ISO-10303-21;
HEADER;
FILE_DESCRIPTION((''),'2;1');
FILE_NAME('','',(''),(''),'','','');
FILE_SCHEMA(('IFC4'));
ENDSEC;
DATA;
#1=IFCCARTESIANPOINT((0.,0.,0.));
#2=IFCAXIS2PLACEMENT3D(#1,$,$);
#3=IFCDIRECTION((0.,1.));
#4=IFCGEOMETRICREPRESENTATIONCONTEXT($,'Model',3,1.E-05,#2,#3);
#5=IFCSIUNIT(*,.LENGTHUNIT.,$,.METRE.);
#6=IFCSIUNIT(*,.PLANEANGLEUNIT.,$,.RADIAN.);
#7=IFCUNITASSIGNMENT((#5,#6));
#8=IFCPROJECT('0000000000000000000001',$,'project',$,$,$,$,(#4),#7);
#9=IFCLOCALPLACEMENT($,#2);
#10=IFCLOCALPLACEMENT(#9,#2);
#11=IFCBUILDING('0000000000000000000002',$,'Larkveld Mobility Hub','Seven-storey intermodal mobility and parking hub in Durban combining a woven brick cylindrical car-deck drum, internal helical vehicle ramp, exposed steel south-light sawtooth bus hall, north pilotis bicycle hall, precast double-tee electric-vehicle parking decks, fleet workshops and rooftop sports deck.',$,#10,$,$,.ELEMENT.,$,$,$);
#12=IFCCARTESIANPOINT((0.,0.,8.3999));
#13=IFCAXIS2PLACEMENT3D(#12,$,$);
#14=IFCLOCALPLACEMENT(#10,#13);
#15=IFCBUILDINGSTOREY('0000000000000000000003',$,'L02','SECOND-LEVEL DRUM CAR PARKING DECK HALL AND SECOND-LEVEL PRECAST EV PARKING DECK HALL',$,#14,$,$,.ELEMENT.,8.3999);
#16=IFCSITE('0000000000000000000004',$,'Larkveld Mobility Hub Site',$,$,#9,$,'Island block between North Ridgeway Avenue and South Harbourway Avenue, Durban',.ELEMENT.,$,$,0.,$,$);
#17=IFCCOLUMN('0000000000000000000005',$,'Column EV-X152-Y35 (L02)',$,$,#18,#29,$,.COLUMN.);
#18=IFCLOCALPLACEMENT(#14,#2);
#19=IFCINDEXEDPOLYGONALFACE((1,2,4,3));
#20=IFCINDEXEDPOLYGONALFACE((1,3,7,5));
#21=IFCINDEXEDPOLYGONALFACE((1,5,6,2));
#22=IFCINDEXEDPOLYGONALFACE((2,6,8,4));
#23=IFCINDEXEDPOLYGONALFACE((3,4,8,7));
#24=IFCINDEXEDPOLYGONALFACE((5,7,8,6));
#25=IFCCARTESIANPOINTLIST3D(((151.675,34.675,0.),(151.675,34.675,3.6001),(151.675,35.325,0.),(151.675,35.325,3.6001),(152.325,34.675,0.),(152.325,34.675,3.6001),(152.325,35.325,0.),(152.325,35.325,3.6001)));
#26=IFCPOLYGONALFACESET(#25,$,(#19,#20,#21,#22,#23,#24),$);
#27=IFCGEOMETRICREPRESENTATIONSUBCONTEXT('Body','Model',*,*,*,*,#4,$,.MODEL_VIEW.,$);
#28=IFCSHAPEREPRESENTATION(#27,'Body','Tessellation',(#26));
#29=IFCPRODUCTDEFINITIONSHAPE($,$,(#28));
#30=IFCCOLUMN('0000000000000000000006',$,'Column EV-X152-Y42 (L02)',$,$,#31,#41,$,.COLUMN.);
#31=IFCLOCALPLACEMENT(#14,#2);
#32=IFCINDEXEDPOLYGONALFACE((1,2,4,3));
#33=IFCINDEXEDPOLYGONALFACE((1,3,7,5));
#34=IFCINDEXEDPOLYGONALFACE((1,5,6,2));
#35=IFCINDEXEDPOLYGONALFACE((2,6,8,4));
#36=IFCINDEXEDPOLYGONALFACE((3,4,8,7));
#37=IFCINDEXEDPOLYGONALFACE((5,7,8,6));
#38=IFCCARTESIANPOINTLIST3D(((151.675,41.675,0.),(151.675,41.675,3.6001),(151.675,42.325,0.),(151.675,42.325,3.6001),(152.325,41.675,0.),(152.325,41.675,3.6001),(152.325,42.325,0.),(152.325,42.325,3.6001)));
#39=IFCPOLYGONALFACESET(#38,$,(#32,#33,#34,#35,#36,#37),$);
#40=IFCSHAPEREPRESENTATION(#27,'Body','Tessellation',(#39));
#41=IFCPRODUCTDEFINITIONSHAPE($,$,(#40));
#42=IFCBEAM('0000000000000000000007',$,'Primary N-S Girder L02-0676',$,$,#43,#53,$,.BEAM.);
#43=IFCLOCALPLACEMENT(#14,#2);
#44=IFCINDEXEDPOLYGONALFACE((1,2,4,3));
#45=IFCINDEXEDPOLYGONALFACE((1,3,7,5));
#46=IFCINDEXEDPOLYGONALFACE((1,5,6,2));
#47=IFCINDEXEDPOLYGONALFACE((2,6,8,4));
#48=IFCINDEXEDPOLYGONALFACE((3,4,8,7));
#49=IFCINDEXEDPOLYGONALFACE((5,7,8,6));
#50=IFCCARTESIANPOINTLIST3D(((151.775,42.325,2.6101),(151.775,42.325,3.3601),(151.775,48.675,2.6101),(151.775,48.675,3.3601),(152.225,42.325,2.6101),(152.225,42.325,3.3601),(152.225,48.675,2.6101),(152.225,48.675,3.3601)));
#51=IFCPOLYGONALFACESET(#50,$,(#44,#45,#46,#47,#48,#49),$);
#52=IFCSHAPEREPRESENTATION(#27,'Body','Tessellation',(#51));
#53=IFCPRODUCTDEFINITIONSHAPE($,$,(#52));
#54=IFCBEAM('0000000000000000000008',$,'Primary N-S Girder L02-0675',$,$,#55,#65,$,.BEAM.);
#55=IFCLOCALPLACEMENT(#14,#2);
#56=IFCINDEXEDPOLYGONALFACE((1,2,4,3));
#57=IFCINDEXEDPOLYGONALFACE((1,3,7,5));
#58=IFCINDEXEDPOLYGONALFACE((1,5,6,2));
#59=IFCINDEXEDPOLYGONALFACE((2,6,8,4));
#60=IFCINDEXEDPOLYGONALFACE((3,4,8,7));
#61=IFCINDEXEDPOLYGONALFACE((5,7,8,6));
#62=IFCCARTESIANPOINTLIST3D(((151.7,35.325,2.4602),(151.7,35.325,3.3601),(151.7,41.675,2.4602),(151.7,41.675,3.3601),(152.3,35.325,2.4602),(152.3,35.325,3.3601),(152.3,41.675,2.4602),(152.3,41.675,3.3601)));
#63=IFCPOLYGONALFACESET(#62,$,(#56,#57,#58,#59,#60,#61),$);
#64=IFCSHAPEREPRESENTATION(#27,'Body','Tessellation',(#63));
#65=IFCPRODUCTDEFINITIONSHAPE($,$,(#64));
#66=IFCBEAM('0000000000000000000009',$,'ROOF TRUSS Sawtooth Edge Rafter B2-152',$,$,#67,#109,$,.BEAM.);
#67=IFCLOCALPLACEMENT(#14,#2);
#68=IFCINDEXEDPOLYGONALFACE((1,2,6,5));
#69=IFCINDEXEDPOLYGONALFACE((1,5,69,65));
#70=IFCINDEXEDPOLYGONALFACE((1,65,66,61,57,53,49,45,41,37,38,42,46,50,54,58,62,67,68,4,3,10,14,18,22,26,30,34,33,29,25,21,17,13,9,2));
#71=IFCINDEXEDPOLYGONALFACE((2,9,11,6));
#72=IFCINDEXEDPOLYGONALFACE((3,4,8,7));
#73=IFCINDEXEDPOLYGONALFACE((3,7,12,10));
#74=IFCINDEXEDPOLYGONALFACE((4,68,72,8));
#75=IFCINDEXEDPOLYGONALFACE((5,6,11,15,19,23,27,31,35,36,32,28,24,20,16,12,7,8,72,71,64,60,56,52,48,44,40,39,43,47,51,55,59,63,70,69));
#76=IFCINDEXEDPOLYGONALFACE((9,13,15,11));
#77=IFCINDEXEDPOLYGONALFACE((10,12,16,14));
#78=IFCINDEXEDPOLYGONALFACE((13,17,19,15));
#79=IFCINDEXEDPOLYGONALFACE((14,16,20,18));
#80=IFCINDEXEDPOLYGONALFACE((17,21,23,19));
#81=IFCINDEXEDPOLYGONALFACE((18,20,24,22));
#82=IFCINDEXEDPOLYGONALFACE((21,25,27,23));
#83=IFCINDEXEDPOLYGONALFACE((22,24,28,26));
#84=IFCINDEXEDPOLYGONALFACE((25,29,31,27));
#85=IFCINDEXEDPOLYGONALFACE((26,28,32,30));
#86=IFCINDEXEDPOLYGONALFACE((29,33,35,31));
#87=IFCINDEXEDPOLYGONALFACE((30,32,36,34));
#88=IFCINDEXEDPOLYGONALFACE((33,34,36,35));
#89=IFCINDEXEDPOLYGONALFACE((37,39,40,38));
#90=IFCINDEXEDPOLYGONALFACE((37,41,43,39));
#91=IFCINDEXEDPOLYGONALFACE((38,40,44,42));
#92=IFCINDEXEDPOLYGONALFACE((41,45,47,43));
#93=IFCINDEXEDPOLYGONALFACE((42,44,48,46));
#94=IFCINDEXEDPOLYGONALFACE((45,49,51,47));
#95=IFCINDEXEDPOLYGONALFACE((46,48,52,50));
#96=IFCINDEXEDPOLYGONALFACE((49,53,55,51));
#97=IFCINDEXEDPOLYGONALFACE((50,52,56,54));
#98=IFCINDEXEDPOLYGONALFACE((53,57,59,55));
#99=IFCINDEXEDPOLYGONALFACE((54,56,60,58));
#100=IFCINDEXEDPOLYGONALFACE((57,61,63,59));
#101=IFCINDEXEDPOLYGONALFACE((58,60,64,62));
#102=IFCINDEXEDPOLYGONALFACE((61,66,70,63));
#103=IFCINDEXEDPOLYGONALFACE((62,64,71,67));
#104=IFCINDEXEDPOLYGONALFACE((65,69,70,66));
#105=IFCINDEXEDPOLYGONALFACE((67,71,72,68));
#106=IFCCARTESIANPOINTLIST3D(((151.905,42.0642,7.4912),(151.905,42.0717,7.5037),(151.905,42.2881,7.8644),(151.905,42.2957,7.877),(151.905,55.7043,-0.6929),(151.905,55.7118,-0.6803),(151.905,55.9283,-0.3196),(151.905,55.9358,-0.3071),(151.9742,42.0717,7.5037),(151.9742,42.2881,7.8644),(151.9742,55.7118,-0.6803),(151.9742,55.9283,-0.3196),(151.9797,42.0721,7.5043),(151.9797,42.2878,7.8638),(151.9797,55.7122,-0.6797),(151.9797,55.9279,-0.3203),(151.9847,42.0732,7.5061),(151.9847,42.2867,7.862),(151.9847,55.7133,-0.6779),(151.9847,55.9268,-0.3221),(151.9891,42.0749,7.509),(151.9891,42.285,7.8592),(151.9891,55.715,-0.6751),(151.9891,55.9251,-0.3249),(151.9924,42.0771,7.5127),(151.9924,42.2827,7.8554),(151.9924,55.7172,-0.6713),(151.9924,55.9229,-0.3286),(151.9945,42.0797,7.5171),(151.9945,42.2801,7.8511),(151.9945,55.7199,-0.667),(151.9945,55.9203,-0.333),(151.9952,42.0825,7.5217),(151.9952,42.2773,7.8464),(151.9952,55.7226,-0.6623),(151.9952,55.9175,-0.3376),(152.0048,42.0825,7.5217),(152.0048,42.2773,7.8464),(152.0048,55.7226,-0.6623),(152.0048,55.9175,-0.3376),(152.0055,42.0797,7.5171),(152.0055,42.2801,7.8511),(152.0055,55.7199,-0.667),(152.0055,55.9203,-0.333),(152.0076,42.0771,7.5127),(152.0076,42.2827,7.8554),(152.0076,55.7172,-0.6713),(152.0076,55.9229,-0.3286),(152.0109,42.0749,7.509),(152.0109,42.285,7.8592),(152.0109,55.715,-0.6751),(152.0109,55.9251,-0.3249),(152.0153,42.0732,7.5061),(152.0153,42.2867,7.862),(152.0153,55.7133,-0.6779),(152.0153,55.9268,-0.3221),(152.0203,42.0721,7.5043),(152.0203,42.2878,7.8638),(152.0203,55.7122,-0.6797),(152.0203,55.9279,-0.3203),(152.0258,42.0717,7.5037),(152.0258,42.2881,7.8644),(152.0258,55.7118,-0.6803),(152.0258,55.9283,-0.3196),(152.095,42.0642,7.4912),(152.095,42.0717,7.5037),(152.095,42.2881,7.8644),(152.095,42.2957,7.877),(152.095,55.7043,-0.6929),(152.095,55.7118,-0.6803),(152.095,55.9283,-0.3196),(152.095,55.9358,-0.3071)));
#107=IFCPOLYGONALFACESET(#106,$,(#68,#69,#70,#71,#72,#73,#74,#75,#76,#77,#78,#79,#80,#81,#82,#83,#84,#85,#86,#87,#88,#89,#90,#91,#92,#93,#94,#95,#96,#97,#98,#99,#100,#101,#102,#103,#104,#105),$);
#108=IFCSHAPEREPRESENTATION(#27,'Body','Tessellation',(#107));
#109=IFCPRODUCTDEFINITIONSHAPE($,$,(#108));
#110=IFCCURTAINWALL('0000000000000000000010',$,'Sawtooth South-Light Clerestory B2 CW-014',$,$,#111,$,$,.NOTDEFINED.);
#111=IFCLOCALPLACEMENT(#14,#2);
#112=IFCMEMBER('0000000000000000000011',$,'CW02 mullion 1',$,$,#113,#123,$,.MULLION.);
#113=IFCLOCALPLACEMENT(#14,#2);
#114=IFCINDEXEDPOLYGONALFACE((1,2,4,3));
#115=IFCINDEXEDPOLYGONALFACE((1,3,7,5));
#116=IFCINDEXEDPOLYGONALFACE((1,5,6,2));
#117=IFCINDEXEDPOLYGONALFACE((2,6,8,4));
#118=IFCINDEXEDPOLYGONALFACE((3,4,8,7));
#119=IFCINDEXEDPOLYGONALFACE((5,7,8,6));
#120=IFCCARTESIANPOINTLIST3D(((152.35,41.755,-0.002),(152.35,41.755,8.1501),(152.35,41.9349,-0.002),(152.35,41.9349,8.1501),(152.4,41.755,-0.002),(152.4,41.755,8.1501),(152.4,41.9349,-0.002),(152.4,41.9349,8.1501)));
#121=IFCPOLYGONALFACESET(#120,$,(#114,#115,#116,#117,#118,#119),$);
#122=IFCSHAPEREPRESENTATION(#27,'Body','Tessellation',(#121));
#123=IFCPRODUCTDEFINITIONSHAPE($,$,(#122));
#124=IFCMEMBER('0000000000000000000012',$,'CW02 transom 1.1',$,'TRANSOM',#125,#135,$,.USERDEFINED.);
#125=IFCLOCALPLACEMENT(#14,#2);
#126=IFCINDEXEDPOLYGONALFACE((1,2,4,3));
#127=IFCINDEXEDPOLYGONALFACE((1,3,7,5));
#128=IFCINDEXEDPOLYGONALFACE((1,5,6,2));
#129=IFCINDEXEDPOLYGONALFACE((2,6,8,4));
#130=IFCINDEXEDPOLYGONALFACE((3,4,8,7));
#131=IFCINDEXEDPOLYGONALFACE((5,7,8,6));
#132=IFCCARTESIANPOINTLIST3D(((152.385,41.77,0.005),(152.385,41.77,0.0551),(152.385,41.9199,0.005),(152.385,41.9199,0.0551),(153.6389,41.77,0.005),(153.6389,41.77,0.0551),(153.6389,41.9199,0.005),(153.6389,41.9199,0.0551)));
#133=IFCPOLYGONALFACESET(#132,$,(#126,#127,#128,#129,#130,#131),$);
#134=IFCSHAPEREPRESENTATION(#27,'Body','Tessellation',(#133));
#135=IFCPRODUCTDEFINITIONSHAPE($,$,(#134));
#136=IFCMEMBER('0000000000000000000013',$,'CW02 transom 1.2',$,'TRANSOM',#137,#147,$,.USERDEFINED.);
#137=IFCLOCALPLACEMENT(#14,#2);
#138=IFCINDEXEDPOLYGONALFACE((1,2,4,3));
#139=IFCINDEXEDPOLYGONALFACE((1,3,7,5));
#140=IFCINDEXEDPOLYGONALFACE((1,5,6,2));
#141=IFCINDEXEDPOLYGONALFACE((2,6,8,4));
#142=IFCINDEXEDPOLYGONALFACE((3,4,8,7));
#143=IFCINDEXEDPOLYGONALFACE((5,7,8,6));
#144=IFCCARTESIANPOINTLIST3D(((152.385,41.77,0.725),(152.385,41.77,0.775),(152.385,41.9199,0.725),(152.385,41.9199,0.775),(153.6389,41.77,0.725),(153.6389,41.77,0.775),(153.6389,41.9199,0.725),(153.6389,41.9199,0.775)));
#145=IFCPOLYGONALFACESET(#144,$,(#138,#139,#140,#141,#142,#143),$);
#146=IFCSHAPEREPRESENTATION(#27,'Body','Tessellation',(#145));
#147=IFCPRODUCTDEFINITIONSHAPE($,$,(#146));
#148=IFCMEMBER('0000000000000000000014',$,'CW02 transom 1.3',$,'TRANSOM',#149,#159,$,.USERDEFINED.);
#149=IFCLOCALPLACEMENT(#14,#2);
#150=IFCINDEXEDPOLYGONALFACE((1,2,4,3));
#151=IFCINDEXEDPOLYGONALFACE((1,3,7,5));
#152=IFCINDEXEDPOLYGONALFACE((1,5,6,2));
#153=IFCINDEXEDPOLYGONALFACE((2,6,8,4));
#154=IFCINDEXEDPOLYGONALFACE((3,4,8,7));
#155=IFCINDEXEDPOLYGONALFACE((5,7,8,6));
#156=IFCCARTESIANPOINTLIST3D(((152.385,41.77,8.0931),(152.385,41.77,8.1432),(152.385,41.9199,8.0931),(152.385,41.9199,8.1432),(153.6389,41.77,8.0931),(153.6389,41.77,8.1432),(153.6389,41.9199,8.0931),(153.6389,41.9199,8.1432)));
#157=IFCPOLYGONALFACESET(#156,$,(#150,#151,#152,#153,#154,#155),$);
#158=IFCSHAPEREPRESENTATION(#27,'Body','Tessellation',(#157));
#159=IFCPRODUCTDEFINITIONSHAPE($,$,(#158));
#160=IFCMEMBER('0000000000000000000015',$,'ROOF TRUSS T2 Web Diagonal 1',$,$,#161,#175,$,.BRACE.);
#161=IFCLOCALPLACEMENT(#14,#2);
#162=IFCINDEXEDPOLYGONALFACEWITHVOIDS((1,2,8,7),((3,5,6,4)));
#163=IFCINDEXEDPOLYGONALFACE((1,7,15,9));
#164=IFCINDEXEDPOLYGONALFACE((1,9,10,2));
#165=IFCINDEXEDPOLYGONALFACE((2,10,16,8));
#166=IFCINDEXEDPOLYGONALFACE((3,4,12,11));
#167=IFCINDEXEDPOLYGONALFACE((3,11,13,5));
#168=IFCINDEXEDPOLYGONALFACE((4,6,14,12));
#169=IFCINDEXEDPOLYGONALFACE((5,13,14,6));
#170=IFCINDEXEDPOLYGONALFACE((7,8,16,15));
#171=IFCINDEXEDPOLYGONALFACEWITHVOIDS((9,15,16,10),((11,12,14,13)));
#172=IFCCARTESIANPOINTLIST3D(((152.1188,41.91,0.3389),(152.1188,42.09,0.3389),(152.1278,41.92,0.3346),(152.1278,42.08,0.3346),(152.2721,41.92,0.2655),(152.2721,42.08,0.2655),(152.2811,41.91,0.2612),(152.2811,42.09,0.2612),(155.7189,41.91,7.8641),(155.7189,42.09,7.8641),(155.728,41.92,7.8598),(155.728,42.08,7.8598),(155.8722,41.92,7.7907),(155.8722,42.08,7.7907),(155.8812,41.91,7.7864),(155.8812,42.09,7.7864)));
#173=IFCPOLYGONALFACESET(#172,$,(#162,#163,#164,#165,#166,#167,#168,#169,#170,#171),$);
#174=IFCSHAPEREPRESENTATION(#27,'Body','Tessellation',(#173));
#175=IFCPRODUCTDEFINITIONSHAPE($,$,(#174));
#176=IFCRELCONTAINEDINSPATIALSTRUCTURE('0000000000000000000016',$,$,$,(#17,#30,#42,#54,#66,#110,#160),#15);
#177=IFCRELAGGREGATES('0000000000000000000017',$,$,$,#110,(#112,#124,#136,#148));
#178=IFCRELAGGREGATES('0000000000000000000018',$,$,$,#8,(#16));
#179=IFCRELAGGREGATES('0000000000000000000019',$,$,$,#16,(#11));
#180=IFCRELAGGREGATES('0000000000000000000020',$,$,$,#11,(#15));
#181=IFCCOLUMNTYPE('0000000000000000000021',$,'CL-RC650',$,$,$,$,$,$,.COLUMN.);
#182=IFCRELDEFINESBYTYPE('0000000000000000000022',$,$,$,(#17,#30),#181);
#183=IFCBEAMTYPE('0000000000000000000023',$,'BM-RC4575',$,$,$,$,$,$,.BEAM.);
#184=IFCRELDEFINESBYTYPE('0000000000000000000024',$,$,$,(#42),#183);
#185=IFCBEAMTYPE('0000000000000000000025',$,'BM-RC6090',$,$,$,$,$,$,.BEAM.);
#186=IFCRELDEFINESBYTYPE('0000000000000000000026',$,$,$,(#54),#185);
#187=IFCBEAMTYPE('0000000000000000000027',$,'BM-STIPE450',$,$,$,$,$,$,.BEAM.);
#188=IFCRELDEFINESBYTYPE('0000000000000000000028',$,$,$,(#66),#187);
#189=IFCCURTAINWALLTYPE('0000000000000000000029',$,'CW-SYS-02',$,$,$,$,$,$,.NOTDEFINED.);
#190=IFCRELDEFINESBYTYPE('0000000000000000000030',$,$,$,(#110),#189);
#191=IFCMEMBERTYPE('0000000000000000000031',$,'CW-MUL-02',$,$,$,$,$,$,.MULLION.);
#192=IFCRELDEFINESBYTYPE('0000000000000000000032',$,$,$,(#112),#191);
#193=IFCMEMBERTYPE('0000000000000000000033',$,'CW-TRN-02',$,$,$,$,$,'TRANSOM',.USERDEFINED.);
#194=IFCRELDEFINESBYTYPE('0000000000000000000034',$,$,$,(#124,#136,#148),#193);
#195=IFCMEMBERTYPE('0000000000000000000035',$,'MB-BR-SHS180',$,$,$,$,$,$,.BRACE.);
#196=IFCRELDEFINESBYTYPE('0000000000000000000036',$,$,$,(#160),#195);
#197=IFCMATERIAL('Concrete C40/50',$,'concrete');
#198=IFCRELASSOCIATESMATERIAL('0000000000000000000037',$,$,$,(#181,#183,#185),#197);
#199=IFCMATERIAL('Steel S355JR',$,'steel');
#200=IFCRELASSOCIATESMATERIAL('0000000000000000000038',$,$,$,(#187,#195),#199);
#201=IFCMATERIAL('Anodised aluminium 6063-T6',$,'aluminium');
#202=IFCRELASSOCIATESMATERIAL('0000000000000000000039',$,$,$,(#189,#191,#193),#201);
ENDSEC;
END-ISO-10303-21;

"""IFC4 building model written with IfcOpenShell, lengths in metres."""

from ifc_helpers import new_model, si_unit, direction, frame, origin, origin_2d, place, context, subcontext, project, spatial, rectangle, hollow_rectangle, i_section, extrude, material, material_profile, profile_set, type_object, element, aggregate, save


model = new_model("IFC4")

# Units and contexts
model_context = context("Model", 3, precision=1e-05, world=origin(), true_north=direction((0.0, 1.0)))
body_context = subcontext(model_context, "Body", "Model", "MODEL_VIEW")
ifc_project = project(units=[si_unit("LENGTHUNIT", "METRE"), si_unit("PLANEANGLEUNIT", "RADIAN")], contexts=[model_context])

# Site, building, storey
site_placement = place(None, origin())
site = spatial("IfcSite", under=ifc_project, at=site_placement, Name="Larkveld Mobility Hub Site", LongName="Island block between North Ridgeway Avenue and South Harbourway Avenue, Durban", CompositionType="ELEMENT", RefElevation=0.0)
building_placement = place(site_placement, origin())
building = spatial("IfcBuilding", under=site, at=building_placement, Name="Larkveld Mobility Hub", Description="Seven-storey intermodal mobility and parking hub in Durban combining a woven brick cylindrical car-deck drum, internal helical vehicle ramp, exposed steel south-light sawtooth bus hall, north pilotis bicycle hall, precast double-tee electric-vehicle parking decks, fleet workshops and rooftop sports deck.", CompositionType="ELEMENT")
storey_placement = place(building_placement, frame((0.0, 0.0, 8.3999)))
storey = spatial("IfcBuildingStorey", under=building, at=storey_placement, Name="L02", Description="SECOND-LEVEL DRUM CAR PARKING DECK HALL AND SECOND-LEVEL PRECAST EV PARKING DECK HALL", CompositionType="ELEMENT", Elevation=8.3999)

# Columns
ifc_material_1 = material(Name="Concrete C40/50", Category="concrete")
ifc_material_profile_1 = material_profile(ifc_material_1, rectangle(XDim=0.6499, YDim=0.6499, at=origin_2d()), Name="RC COL 650x650")
ifc_profile_set_1 = profile_set([ifc_material_profile_1], Name="Concrete C40/50")
column_type = type_object("IfcColumnType", Name="CL-RC650", PredefinedType="COLUMN", material=ifc_profile_set_1)
for number, where, z_axis, x_axis, name in (
    (1, (152.0, 35.0, 0.0), (0.0, 0.0, 1.0), (1.0, 0.0, 0.0), "Column EV-X152-Y35 (L02)"),
    (2, (152.0, 42.0, 0.0), (0.0, 0.0, 1.0), (1.0, 0.0, 0.0), "Column EV-X152-Y42 (L02)"),
):
    element("IfcColumn", number, at=place(storey_placement, frame(where, z_axis=z_axis, x_axis=x_axis)), inside=storey, type_object=column_type, Name=name, PredefinedType="COLUMN", context=body_context, shape_type="SweptSolid", body=[
        extrude(rectangle(XDim=0.6499, YDim=0.6499, at=origin_2d()), origin(), (0.0, 0.0, 1.0), 3.6001),
    ])

# Beams
ifc_material_profile_2 = material_profile(ifc_material_1, rectangle(XDim=0.45, YDim=0.75, at=origin_2d()), Name="RC BM 450x750")
ifc_profile_set_2 = profile_set([ifc_material_profile_2], Name="Concrete C40/50")
beam_type_1 = type_object("IfcBeamType", Name="BM-RC4575", PredefinedType="BEAM", material=ifc_profile_set_2)
beam_1_placement = place(storey_placement, frame((152.0, 42.325, 2.9851), z_axis=(0.0, 1.0, 0.0), x_axis=(-1.0, 0.0, 0.0)))
element("IfcBeam", 3, at=beam_1_placement, inside=storey, type_object=beam_type_1, Name="Primary N-S Girder L02-0676", PredefinedType="BEAM", context=body_context, shape_type="SweptSolid", body=[
    extrude(rectangle(XDim=0.45, YDim=0.75, at=origin_2d()), origin(), (0.0, 0.0, 1.0), 6.3501),
])
ifc_material_profile_3 = material_profile(ifc_material_1, rectangle(XDim=0.6001, YDim=0.8999, at=origin_2d()), Name="RC BM 600x900")
ifc_profile_set_3 = profile_set([ifc_material_profile_3], Name="Concrete C40/50")
beam_type_2 = type_object("IfcBeamType", Name="BM-RC6090", PredefinedType="BEAM", material=ifc_profile_set_3)
beam_2_placement = place(storey_placement, frame((152.0, 35.325, 2.9102), z_axis=(0.0, 1.0, 0.0), x_axis=(-1.0, 0.0, 0.0)))
element("IfcBeam", 4, at=beam_2_placement, inside=storey, type_object=beam_type_2, Name="Primary N-S Girder L02-0675", PredefinedType="BEAM", context=body_context, shape_type="SweptSolid", body=[
    extrude(rectangle(XDim=0.6001, YDim=0.8999, at=origin_2d()), origin(), (0.0, 0.0, 1.0), 6.3501),
])
ifc_material_2 = material(Name="Steel S355JR", Category="steel")
ifc_material_profile_4 = material_profile(ifc_material_2, i_section(OverallWidth=0.1899, OverallDepth=0.45, WebThickness=0.0095, FlangeThickness=0.0146, FilletRadius=0.021, at=origin_2d()), Name="IPE 450")
ifc_profile_set_4 = profile_set([ifc_material_profile_4], Name="Steel S355JR")
beam_type_3 = type_object("IfcBeamType", Name="BM-STIPE450", PredefinedType="BEAM", material=ifc_profile_set_4)
beam_3_placement = place(storey_placement, frame((152.0, 42.1799, 7.6841), z_axis=(0.0, 0.857493, -0.514496), x_axis=(-1.0, 0.0, 0.0)))
element("IfcBeam", 5, at=beam_3_placement, inside=storey, type_object=beam_type_3, Name="ROOF TRUSS Sawtooth Edge Rafter B2-152", PredefinedType="BEAM", context=body_context, shape_type="SweptSolid", body=[
    extrude(i_section(OverallWidth=0.1899, OverallDepth=0.45, WebThickness=0.0095, FlangeThickness=0.0146, FilletRadius=0.021, at=origin_2d()), origin(), (0.0, 0.0, 1.0), 15.907),
])

# Curtain wall, members
ifc_material_3 = material(Name="Anodised aluminium 6063-T6", Category="aluminium")
curtain_wall_type = type_object("IfcCurtainWallType", Name="CW-SYS-02", PredefinedType="NOTDEFINED", material=ifc_material_3)
curtain_wall_placement = place(storey_placement, origin())
curtain_wall = element("IfcCurtainWall", 6, at=curtain_wall_placement, inside=storey, type_object=curtain_wall_type, Name="Sawtooth South-Light Clerestory B2 CW-014", PredefinedType="NOTDEFINED")
ifc_material_profile_5 = material_profile(ifc_material_3, rectangle(XDim=0.05, YDim=0.1799, at=origin_2d()), Name="ALU MULL 50x180")
ifc_profile_set_5 = profile_set([ifc_material_profile_5], Name="Anodised aluminium 6063-T6")
member_type_1 = type_object("IfcMemberType", Name="CW-MUL-02", PredefinedType="MULLION", material=ifc_profile_set_5)
member_1_placement = place(storey_placement, frame((152.375, 41.845, -0.002), z_axis=(0.0, 0.0, 1.0), x_axis=(1.0, 0.0, 0.0)))
member_1 = element("IfcMember", 7, at=member_1_placement, type_object=member_type_1, Name="CW02 mullion 1", PredefinedType="MULLION", context=body_context, shape_type="SweptSolid", body=[
    extrude(rectangle(XDim=0.05, YDim=0.1799, at=origin_2d()), origin(), (0.0, 0.0, 1.0), 8.1521),
])
ifc_material_profile_6 = material_profile(ifc_material_3, rectangle(XDim=0.1499, YDim=0.05, at=origin_2d()), Name="ALU TRAN 50x150")
ifc_profile_set_6 = profile_set([ifc_material_profile_6], Name="Anodised aluminium 6063-T6")
member_type_2 = type_object("IfcMemberType", Name="CW-TRN-02", ElementType="TRANSOM", PredefinedType="USERDEFINED", material=ifc_profile_set_6)
member_2_placement = place(storey_placement, frame((152.385, 41.845, 0.03), z_axis=(1.0, 0.0, 0.0), x_axis=(0.0, 1.0, 0.0)))
member_2 = element("IfcMember", 8, at=member_2_placement, type_object=member_type_2, Name="CW02 transom 1.1", ObjectType="TRANSOM", PredefinedType="USERDEFINED", context=body_context, shape_type="SweptSolid", body=[
    extrude(rectangle(XDim=0.1499, YDim=0.05, at=origin_2d()), origin(), (0.0, 0.0, 1.0), 1.2539),
])
member_3_placement = place(storey_placement, frame((152.385, 41.845, 0.75), z_axis=(1.0, 0.0, 0.0), x_axis=(0.0, 1.0, 0.0)))
member_3 = element("IfcMember", 9, at=member_3_placement, type_object=member_type_2, Name="CW02 transom 1.2", ObjectType="TRANSOM", PredefinedType="USERDEFINED", context=body_context, shape_type="SweptSolid", body=[
    extrude(rectangle(XDim=0.1499, YDim=0.05, at=origin_2d()), origin(), (0.0, 0.0, 1.0), 1.2539),
])
member_4_placement = place(storey_placement, frame((152.385, 41.845, 8.1182), z_axis=(1.0, 0.0, 0.0), x_axis=(0.0, 1.0, 0.0)))
member_4 = element("IfcMember", 10, at=member_4_placement, type_object=member_type_2, Name="CW02 transom 1.3", ObjectType="TRANSOM", PredefinedType="USERDEFINED", context=body_context, shape_type="SweptSolid", body=[
    extrude(rectangle(XDim=0.1499, YDim=0.05, at=origin_2d()), origin(), (0.0, 0.0, 1.0), 1.2539),
])

# Member
ifc_material_profile_7 = material_profile(ifc_material_2, hollow_rectangle(XDim=0.1799, YDim=0.1799, WallThickness=0.01, at=origin_2d()), Name="SHS 180x180x10")
ifc_profile_set_7 = profile_set([ifc_material_profile_7], Name="Steel S355JR")
member_type_3 = type_object("IfcMemberType", Name="MB-BR-SHS180", PredefinedType="BRACE", material=ifc_profile_set_7)
member_5_placement = place(storey_placement, frame((152.2, 42.0, 0.3), z_axis=(0.431564, 0.0, 0.902082), x_axis=(0.0, 1.0, 0.0)))
element("IfcMember", 11, at=member_5_placement, inside=storey, type_object=member_type_3, Name="ROOF TRUSS T2 Web Diagonal 1", PredefinedType="BRACE", context=body_context, shape_type="SweptSolid", body=[
    extrude(hollow_rectangle(XDim=0.1799, YDim=0.1799, WallThickness=0.01, at=origin_2d()), origin(), (0.0, 0.0, 1.0), 8.342),
])

aggregate(curtain_wall, [member_1, member_2, member_3, member_4])

save(model, "model.ifc")
